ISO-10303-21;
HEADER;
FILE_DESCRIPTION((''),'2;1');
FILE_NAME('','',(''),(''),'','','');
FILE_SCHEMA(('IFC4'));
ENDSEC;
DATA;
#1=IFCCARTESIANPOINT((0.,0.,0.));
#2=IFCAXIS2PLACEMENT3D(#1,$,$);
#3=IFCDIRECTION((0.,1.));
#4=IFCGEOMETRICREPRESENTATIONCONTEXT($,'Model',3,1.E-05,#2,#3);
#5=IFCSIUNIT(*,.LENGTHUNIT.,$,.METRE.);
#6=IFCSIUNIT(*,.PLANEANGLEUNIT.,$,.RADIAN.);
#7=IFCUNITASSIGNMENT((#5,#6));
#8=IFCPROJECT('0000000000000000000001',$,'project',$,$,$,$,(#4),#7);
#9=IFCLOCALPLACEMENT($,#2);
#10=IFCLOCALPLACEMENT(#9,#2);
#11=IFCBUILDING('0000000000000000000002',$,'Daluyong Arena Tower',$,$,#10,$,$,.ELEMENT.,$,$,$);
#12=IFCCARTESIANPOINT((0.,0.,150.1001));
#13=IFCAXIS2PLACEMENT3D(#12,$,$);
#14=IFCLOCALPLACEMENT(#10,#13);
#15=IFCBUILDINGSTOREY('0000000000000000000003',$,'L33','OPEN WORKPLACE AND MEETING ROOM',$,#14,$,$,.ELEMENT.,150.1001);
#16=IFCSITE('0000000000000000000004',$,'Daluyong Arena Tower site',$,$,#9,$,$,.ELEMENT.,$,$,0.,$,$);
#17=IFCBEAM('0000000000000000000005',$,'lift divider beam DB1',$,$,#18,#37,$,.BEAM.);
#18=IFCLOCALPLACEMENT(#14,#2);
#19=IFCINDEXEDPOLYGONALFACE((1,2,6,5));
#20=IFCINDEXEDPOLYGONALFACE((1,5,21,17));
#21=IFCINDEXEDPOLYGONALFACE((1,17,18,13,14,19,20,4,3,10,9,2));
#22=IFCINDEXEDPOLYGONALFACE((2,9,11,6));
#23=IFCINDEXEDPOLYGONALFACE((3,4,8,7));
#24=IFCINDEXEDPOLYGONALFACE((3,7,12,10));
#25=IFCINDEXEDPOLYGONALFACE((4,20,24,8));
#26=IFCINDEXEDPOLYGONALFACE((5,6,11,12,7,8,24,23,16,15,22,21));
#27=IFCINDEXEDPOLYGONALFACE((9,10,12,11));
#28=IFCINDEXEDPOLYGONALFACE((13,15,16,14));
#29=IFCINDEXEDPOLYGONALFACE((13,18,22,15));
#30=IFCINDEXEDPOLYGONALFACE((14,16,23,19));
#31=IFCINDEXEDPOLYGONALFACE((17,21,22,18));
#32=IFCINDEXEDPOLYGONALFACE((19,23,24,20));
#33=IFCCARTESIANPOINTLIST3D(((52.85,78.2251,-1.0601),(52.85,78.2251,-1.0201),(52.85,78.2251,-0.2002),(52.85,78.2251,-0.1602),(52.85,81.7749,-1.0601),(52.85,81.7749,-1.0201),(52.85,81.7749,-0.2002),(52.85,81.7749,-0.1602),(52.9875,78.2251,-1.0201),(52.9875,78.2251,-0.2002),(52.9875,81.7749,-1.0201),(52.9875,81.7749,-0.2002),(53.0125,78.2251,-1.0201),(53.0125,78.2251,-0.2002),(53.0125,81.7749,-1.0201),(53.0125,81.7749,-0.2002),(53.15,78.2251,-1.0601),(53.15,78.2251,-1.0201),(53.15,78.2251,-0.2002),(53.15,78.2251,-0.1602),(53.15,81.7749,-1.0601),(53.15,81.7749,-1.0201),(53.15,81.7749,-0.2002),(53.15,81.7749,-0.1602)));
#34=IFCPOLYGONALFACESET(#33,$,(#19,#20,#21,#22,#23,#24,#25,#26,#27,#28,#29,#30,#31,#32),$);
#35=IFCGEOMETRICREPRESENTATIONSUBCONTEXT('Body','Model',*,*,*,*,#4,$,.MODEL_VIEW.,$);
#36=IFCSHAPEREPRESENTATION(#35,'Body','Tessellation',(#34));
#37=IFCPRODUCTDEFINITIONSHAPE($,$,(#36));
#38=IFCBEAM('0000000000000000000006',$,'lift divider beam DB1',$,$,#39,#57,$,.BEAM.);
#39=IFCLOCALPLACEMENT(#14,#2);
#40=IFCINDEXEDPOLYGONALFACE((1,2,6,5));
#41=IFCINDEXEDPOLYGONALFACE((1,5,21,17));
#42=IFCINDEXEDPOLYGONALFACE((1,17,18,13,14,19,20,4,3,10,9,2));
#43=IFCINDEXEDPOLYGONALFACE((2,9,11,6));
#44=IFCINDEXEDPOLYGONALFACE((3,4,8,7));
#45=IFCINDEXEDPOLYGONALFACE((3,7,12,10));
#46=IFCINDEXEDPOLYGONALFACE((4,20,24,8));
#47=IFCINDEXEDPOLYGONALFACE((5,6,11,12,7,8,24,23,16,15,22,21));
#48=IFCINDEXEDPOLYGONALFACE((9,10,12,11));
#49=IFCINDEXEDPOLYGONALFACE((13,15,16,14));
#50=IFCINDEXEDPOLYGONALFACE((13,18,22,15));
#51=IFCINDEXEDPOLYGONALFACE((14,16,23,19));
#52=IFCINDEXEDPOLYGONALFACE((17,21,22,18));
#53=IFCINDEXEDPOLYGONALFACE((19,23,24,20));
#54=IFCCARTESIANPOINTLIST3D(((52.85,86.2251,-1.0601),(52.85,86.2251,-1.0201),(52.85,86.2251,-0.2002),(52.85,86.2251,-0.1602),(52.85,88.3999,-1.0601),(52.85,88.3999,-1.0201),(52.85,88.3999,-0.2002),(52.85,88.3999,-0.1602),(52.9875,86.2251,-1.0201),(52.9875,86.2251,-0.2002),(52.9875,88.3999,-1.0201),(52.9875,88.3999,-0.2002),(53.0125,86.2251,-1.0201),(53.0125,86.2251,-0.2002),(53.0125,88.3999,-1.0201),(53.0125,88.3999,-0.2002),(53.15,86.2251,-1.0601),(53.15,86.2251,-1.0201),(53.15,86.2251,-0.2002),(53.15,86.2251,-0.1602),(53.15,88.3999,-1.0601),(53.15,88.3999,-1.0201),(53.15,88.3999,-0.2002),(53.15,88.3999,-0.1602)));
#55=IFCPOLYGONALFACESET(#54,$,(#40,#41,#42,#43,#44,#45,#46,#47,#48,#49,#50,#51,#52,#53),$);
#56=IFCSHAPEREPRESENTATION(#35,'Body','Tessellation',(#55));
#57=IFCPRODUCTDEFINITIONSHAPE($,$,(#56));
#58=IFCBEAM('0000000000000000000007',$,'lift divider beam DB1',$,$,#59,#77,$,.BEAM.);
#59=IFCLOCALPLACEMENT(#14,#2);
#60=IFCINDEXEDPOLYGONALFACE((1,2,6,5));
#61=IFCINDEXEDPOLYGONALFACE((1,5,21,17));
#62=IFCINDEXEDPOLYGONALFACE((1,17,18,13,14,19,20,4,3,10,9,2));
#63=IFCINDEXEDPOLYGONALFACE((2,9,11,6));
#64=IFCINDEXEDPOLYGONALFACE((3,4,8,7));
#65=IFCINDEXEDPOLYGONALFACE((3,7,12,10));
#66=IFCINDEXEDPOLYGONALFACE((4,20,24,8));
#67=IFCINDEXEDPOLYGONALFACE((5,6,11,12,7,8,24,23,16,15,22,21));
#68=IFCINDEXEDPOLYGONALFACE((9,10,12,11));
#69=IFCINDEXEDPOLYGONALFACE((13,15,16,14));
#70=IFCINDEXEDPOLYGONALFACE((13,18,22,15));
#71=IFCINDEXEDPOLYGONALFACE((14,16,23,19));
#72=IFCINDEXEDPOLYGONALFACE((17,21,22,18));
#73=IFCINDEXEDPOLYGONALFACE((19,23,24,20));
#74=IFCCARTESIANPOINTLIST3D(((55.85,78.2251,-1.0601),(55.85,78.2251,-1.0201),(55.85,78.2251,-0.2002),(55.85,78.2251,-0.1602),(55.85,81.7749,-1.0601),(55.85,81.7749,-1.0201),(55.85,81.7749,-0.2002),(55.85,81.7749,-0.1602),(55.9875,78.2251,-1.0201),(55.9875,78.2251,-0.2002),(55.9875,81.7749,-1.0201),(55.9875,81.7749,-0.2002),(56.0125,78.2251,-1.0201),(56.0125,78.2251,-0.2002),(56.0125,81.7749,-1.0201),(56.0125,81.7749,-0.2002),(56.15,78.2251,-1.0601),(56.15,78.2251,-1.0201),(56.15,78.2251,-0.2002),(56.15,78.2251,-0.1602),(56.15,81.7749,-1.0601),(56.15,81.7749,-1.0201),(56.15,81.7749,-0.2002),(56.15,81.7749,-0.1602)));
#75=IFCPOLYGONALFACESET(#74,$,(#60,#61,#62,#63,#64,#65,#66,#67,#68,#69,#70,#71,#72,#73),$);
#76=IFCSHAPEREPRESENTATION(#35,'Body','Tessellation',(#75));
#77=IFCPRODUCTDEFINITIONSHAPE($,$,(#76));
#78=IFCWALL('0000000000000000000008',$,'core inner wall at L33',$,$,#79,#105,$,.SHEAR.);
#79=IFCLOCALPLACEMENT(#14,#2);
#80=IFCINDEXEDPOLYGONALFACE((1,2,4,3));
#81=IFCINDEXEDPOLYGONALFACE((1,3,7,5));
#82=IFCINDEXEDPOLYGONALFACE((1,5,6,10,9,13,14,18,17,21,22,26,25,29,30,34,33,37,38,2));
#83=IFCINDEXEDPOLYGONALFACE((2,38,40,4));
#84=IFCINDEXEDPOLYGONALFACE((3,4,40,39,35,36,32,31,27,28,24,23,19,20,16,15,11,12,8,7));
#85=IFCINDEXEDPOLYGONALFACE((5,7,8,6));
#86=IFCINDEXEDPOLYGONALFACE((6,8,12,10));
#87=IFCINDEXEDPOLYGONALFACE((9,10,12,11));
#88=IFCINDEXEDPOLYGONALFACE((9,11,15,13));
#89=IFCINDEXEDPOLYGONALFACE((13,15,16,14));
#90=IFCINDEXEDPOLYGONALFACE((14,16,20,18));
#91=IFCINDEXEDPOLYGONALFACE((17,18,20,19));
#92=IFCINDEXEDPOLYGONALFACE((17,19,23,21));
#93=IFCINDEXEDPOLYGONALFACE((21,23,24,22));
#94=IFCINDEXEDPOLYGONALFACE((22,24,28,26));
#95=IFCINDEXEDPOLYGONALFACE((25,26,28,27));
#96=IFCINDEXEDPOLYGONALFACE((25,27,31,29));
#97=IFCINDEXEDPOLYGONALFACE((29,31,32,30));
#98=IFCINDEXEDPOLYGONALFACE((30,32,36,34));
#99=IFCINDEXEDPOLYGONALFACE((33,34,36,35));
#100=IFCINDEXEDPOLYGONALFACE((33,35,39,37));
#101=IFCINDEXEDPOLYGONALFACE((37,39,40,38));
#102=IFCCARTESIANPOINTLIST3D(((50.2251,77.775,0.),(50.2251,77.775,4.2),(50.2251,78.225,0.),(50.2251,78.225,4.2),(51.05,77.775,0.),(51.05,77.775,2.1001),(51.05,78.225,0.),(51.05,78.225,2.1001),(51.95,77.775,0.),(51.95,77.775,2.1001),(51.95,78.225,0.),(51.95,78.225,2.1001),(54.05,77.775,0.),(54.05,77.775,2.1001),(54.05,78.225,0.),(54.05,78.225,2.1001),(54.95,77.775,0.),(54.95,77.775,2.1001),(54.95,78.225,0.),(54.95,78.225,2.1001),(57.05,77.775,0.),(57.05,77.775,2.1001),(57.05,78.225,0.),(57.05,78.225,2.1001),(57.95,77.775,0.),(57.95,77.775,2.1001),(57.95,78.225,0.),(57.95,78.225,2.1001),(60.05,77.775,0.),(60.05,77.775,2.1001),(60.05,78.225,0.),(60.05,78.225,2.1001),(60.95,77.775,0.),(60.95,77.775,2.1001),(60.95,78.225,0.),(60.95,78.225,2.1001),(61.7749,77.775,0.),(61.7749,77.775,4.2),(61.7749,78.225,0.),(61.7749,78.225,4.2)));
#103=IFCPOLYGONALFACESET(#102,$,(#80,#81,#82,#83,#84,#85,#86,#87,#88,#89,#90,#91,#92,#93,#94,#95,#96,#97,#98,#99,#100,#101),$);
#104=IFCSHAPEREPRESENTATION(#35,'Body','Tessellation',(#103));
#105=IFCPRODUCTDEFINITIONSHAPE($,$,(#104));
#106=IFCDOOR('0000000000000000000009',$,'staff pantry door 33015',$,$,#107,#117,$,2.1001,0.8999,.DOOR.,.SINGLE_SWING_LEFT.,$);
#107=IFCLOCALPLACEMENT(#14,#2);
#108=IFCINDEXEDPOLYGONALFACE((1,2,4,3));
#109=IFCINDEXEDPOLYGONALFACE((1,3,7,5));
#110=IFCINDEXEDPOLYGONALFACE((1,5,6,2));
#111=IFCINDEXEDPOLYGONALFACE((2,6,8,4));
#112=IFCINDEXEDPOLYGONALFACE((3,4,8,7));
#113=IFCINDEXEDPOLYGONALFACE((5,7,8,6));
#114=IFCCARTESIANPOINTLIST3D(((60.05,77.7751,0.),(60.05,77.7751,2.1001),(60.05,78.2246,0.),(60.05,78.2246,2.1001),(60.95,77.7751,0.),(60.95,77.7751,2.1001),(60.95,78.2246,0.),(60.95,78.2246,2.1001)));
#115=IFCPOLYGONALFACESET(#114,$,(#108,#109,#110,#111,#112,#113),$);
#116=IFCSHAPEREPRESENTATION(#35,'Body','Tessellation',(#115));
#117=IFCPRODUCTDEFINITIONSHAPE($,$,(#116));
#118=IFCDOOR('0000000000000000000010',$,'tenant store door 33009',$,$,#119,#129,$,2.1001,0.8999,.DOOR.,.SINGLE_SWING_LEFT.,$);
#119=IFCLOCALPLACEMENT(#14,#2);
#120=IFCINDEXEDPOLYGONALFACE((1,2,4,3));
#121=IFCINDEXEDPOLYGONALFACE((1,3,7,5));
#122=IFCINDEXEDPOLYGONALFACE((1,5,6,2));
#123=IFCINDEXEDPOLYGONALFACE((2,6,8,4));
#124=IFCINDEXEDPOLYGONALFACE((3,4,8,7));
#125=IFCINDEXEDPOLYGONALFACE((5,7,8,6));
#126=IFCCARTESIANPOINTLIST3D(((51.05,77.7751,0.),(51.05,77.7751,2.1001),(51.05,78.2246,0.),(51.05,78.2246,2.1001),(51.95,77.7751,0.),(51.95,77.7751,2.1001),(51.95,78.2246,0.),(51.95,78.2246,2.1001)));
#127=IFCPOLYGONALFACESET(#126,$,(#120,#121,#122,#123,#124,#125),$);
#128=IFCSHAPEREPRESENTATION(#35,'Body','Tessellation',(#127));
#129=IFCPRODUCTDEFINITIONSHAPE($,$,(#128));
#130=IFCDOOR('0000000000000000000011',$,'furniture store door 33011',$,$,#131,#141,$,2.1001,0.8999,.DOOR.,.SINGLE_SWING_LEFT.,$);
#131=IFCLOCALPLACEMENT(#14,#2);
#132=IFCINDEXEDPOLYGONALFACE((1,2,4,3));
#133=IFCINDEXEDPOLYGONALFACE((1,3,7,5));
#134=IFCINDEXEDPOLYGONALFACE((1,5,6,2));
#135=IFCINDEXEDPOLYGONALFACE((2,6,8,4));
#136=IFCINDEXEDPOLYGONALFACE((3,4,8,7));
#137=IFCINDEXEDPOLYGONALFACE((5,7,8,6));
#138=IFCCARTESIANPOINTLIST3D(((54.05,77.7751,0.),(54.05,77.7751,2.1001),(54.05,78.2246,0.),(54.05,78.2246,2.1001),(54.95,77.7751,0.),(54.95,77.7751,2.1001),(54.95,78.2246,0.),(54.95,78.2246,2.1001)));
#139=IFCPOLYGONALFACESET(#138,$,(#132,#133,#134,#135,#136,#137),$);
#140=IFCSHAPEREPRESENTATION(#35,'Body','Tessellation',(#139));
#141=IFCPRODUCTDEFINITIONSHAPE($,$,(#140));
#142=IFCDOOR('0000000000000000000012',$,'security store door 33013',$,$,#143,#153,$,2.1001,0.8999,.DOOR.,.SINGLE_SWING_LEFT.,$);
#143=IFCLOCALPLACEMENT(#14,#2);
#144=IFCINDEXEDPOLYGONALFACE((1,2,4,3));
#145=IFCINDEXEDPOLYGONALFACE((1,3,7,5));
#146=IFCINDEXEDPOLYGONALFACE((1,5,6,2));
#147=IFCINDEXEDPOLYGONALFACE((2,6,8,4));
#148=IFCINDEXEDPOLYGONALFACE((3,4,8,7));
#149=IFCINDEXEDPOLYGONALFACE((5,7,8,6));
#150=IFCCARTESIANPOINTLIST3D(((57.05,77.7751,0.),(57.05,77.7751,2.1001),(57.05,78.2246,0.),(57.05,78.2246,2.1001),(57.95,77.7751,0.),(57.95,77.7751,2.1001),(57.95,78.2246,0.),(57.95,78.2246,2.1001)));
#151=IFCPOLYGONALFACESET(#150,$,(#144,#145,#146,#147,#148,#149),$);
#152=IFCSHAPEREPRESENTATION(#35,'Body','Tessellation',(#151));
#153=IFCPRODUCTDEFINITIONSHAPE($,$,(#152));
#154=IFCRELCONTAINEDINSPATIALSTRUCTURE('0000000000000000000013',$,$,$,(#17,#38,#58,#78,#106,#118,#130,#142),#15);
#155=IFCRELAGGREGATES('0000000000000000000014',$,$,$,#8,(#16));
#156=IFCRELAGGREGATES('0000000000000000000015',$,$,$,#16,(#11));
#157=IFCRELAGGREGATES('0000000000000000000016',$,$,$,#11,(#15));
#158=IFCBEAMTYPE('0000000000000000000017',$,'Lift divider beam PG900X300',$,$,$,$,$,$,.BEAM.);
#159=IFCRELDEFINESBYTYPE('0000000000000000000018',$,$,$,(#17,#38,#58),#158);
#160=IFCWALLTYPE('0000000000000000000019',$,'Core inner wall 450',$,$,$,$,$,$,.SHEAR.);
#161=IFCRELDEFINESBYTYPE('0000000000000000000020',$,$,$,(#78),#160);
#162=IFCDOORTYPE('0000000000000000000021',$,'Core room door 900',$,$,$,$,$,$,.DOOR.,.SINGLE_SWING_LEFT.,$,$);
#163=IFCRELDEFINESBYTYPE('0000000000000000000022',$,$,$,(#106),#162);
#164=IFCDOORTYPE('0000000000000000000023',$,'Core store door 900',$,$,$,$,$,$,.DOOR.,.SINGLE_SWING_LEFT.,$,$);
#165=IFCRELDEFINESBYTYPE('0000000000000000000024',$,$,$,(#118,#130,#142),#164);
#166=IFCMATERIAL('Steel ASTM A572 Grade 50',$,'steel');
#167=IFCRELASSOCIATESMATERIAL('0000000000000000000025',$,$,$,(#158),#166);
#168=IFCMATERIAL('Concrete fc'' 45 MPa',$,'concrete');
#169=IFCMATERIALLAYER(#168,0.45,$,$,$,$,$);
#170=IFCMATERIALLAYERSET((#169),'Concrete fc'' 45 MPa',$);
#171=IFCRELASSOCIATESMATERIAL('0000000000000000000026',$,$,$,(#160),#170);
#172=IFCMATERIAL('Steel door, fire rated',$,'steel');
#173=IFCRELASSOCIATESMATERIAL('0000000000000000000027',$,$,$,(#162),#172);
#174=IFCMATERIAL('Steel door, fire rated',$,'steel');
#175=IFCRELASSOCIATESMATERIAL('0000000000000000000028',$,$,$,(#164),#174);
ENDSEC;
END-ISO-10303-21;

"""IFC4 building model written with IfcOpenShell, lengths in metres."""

from ifc_helpers import new_model, si_unit, direction, frame, frame_2d, origin, origin_2d, place, context, subcontext, project, spatial, rectangle, i_section, extrude, material, layer, layer_set, material_profile, profile_set, type_object, element, fill, save


model = new_model("IFC4")

# Units and contexts
model_context = context("Model", 3, precision=1e-05, world=origin(), true_north=direction((0.0, 1.0)))
body_context = subcontext(model_context, "Body", "Model", "MODEL_VIEW")
ifc_project = project(units=[si_unit("LENGTHUNIT", "METRE"), si_unit("PLANEANGLEUNIT", "RADIAN")], contexts=[model_context])

# Site, building, storey
site_placement = place(None, origin())
site = spatial("IfcSite", under=ifc_project, at=site_placement, Name="Daluyong Arena Tower site", CompositionType="ELEMENT", RefElevation=0.0)
building_placement = place(site_placement, origin())
building = spatial("IfcBuilding", under=site, at=building_placement, Name="Daluyong Arena Tower", CompositionType="ELEMENT")
storey_placement = place(building_placement, frame((0.0, 0.0, 150.1001)))
storey = spatial("IfcBuildingStorey", under=building, at=storey_placement, Name="L33", Description="OPEN WORKPLACE AND MEETING ROOM", CompositionType="ELEMENT", Elevation=150.1001)

# Beams
ifc_material_1 = material(Name="Steel ASTM A572 Grade 50", Category="steel")
ifc_material_profile = material_profile(ifc_material_1, i_section(OverallWidth=0.3, OverallDepth=0.8999, WebThickness=0.025, FlangeThickness=0.04, at=origin_2d()))
ifc_profile_set = profile_set([ifc_material_profile], Name="Steel ASTM A572 Grade 50")
beam_type = type_object("IfcBeamType", Name="Lift divider beam PG900X300", PredefinedType="BEAM", material=ifc_profile_set)
beam_1_placement = place(storey_placement, frame((53.0, 78.2251, -0.6101), z_axis=(0.0, 1.0, 0.0), x_axis=(-1.0, 0.0, 0.0)))
element("IfcBeam", 1, at=beam_1_placement, inside=storey, type_object=beam_type, Name="lift divider beam DB1", PredefinedType="BEAM", context=body_context, shape_type="SweptSolid", body=[
    extrude(i_section(OverallWidth=0.3, OverallDepth=0.8999, WebThickness=0.025, FlangeThickness=0.04, at=origin_2d()), origin(), (0.0, 0.0, 1.0), 3.5498),
])
beam_2_placement = place(storey_placement, frame((53.0, 86.2251, -0.6101), z_axis=(0.0, 1.0, 0.0), x_axis=(-1.0, 0.0, 0.0)))
element("IfcBeam", 2, at=beam_2_placement, inside=storey, type_object=beam_type, Name="lift divider beam DB1", PredefinedType="BEAM", context=body_context, shape_type="SweptSolid", body=[
    extrude(i_section(OverallWidth=0.3, OverallDepth=0.8999, WebThickness=0.025, FlangeThickness=0.04, at=origin_2d()), origin(), (0.0, 0.0, 1.0), 2.1748),
])
beam_3_placement = place(storey_placement, frame((56.0, 78.2251, -0.6101), z_axis=(0.0, 1.0, 0.0), x_axis=(-1.0, 0.0, 0.0)))
element("IfcBeam", 3, at=beam_3_placement, inside=storey, type_object=beam_type, Name="lift divider beam DB1", PredefinedType="BEAM", context=body_context, shape_type="SweptSolid", body=[
    extrude(i_section(OverallWidth=0.3, OverallDepth=0.8999, WebThickness=0.025, FlangeThickness=0.04, at=origin_2d()), origin(), (0.0, 0.0, 1.0), 3.5498),
])

# Wall, openings, doors
ifc_material_2 = material(Name="Concrete fc' 45 MPa", Category="concrete")
ifc_layer_1 = layer(ifc_material_2, 0.45)
ifc_layer_set_1 = layer_set([ifc_layer_1], Name="Concrete fc' 45 MPa")
wall_type_1 = type_object("IfcWallType", Name="Core inner wall 450", PredefinedType="SHEAR", material=ifc_layer_set_1)
wall_1_placement = place(storey_placement, frame((50.2251, 78.0, 0.0), z_axis=(0.0, 0.0, 1.0), x_axis=(1.0, 0.0, 0.0)))
wall_1 = element("IfcWall", 4, at=wall_1_placement, inside=storey, type_object=wall_type_1, Name="core inner wall at L33", PredefinedType="SHEAR", context=body_context, shape_type="SweptSolid", body=[
    extrude(rectangle(XDim=11.5498, YDim=0.45, at=frame_2d((5.7749, 0.0))), origin(), (0.0, 0.0, 1.0), 4.2),
])
opening_1_placement = place(wall_1_placement, frame((0.825, 0.0, 0.0)))
opening_1 = element("IfcOpeningElement", 5, at=opening_1_placement, cuts=wall_1, PredefinedType="OPENING", context=body_context, shape_type="SweptSolid", body=[
    extrude(rectangle(XDim=0.8999, YDim=2.1001, at=frame_2d((0.45, 1.05))), frame((0.0, 0.2349, 0.0), z_axis=(0.0, -1.0, 0.0), x_axis=(1.0, 0.0, 0.0)), (0.0, 0.0, 1.0), 0.47),
])
opening_2_placement = place(wall_1_placement, frame((3.825, 0.0, 0.0)))
opening_2 = element("IfcOpeningElement", 6, at=opening_2_placement, cuts=wall_1, PredefinedType="OPENING", context=body_context, shape_type="SweptSolid", body=[
    extrude(rectangle(XDim=0.8999, YDim=2.1001, at=frame_2d((0.45, 1.05))), frame((0.0, 0.2349, 0.0), z_axis=(0.0, -1.0, 0.0), x_axis=(1.0, 0.0, 0.0)), (0.0, 0.0, 1.0), 0.47),
])
opening_3_placement = place(wall_1_placement, frame((6.825, 0.0, 0.0)))
opening_3 = element("IfcOpeningElement", 7, at=opening_3_placement, cuts=wall_1, PredefinedType="OPENING", context=body_context, shape_type="SweptSolid", body=[
    extrude(rectangle(XDim=0.8999, YDim=2.1001, at=frame_2d((0.45, 1.05))), frame((0.0, 0.2349, 0.0), z_axis=(0.0, -1.0, 0.0), x_axis=(1.0, 0.0, 0.0)), (0.0, 0.0, 1.0), 0.47),
])
opening_4_placement = place(wall_1_placement, frame((9.825, 0.0, 0.0)))
opening_4 = element("IfcOpeningElement", 8, at=opening_4_placement, cuts=wall_1, PredefinedType="OPENING", context=body_context, shape_type="SweptSolid", body=[
    extrude(rectangle(XDim=0.8999, YDim=2.1001, at=frame_2d((0.45, 1.05))), frame((0.0, 0.2349, 0.0), z_axis=(0.0, -1.0, 0.0), x_axis=(1.0, 0.0, 0.0)), (0.0, 0.0, 1.0), 0.47),
])
ifc_material_3 = material(Name="Steel door, fire rated", Category="steel")
door_type_1 = type_object("IfcDoorType", Name="Core room door 900", OperationType="SINGLE_SWING_LEFT", PredefinedType="DOOR", material=ifc_material_3)
door_1_placement = place(opening_4_placement, origin())
door_1 = element("IfcDoor", 9, at=door_1_placement, inside=storey, type_object=door_type_1, Name="staff pantry door 33015", OperationType="SINGLE_SWING_LEFT", OverallHeight=2.1001, OverallWidth=0.8999, PredefinedType="DOOR", context=body_context, shape_type="SweptSolid", body=[
    extrude(rectangle(XDim=0.8999, YDim=2.1001, at=frame_2d((0.45, 1.05))), frame((0.0, 0.2246, 0.0), z_axis=(0.0, -1.0, 0.0), x_axis=(1.0, 0.0, 0.0)), (0.0, 0.0, 1.0), 0.4495),
])
fill(opening_4, door_1)
ifc_material_4 = material(Name="Steel door, fire rated", Category="steel")
door_type_2 = type_object("IfcDoorType", Name="Core store door 900", OperationType="SINGLE_SWING_LEFT", PredefinedType="DOOR", material=ifc_material_4)
door_2_placement = place(opening_1_placement, origin())
door_2 = element("IfcDoor", 10, at=door_2_placement, inside=storey, type_object=door_type_2, Name="tenant store door 33009", OperationType="SINGLE_SWING_LEFT", OverallHeight=2.1001, OverallWidth=0.8999, PredefinedType="DOOR", context=body_context, shape_type="SweptSolid", body=[
    extrude(rectangle(XDim=0.8999, YDim=2.1001, at=frame_2d((0.45, 1.05))), frame((0.0, 0.2246, 0.0), z_axis=(0.0, -1.0, 0.0), x_axis=(1.0, 0.0, 0.0)), (0.0, 0.0, 1.0), 0.4495),
])
fill(opening_1, door_2)
door_3_placement = place(opening_2_placement, origin())
door_3 = element("IfcDoor", 11, at=door_3_placement, inside=storey, type_object=door_type_2, Name="furniture store door 33011", OperationType="SINGLE_SWING_LEFT", OverallHeight=2.1001, OverallWidth=0.8999, PredefinedType="DOOR", context=body_context, shape_type="SweptSolid", body=[
    extrude(rectangle(XDim=0.8999, YDim=2.1001, at=frame_2d((0.45, 1.05))), frame((0.0, 0.2246, 0.0), z_axis=(0.0, -1.0, 0.0), x_axis=(1.0, 0.0, 0.0)), (0.0, 0.0, 1.0), 0.4495),
])
fill(opening_2, door_3)
door_4_placement = place(opening_3_placement, origin())
door_4 = element("IfcDoor", 12, at=door_4_placement, inside=storey, type_object=door_type_2, Name="security store door 33013", OperationType="SINGLE_SWING_LEFT", OverallHeight=2.1001, OverallWidth=0.8999, PredefinedType="DOOR", context=body_context, shape_type="SweptSolid", body=[
    extrude(rectangle(XDim=0.8999, YDim=2.1001, at=frame_2d((0.45, 1.05))), frame((0.0, 0.2246, 0.0), z_axis=(0.0, -1.0, 0.0), x_axis=(1.0, 0.0, 0.0)), (0.0, 0.0, 1.0), 0.4495),
])
fill(opening_3, door_4)

save(model, "model.ifc")
